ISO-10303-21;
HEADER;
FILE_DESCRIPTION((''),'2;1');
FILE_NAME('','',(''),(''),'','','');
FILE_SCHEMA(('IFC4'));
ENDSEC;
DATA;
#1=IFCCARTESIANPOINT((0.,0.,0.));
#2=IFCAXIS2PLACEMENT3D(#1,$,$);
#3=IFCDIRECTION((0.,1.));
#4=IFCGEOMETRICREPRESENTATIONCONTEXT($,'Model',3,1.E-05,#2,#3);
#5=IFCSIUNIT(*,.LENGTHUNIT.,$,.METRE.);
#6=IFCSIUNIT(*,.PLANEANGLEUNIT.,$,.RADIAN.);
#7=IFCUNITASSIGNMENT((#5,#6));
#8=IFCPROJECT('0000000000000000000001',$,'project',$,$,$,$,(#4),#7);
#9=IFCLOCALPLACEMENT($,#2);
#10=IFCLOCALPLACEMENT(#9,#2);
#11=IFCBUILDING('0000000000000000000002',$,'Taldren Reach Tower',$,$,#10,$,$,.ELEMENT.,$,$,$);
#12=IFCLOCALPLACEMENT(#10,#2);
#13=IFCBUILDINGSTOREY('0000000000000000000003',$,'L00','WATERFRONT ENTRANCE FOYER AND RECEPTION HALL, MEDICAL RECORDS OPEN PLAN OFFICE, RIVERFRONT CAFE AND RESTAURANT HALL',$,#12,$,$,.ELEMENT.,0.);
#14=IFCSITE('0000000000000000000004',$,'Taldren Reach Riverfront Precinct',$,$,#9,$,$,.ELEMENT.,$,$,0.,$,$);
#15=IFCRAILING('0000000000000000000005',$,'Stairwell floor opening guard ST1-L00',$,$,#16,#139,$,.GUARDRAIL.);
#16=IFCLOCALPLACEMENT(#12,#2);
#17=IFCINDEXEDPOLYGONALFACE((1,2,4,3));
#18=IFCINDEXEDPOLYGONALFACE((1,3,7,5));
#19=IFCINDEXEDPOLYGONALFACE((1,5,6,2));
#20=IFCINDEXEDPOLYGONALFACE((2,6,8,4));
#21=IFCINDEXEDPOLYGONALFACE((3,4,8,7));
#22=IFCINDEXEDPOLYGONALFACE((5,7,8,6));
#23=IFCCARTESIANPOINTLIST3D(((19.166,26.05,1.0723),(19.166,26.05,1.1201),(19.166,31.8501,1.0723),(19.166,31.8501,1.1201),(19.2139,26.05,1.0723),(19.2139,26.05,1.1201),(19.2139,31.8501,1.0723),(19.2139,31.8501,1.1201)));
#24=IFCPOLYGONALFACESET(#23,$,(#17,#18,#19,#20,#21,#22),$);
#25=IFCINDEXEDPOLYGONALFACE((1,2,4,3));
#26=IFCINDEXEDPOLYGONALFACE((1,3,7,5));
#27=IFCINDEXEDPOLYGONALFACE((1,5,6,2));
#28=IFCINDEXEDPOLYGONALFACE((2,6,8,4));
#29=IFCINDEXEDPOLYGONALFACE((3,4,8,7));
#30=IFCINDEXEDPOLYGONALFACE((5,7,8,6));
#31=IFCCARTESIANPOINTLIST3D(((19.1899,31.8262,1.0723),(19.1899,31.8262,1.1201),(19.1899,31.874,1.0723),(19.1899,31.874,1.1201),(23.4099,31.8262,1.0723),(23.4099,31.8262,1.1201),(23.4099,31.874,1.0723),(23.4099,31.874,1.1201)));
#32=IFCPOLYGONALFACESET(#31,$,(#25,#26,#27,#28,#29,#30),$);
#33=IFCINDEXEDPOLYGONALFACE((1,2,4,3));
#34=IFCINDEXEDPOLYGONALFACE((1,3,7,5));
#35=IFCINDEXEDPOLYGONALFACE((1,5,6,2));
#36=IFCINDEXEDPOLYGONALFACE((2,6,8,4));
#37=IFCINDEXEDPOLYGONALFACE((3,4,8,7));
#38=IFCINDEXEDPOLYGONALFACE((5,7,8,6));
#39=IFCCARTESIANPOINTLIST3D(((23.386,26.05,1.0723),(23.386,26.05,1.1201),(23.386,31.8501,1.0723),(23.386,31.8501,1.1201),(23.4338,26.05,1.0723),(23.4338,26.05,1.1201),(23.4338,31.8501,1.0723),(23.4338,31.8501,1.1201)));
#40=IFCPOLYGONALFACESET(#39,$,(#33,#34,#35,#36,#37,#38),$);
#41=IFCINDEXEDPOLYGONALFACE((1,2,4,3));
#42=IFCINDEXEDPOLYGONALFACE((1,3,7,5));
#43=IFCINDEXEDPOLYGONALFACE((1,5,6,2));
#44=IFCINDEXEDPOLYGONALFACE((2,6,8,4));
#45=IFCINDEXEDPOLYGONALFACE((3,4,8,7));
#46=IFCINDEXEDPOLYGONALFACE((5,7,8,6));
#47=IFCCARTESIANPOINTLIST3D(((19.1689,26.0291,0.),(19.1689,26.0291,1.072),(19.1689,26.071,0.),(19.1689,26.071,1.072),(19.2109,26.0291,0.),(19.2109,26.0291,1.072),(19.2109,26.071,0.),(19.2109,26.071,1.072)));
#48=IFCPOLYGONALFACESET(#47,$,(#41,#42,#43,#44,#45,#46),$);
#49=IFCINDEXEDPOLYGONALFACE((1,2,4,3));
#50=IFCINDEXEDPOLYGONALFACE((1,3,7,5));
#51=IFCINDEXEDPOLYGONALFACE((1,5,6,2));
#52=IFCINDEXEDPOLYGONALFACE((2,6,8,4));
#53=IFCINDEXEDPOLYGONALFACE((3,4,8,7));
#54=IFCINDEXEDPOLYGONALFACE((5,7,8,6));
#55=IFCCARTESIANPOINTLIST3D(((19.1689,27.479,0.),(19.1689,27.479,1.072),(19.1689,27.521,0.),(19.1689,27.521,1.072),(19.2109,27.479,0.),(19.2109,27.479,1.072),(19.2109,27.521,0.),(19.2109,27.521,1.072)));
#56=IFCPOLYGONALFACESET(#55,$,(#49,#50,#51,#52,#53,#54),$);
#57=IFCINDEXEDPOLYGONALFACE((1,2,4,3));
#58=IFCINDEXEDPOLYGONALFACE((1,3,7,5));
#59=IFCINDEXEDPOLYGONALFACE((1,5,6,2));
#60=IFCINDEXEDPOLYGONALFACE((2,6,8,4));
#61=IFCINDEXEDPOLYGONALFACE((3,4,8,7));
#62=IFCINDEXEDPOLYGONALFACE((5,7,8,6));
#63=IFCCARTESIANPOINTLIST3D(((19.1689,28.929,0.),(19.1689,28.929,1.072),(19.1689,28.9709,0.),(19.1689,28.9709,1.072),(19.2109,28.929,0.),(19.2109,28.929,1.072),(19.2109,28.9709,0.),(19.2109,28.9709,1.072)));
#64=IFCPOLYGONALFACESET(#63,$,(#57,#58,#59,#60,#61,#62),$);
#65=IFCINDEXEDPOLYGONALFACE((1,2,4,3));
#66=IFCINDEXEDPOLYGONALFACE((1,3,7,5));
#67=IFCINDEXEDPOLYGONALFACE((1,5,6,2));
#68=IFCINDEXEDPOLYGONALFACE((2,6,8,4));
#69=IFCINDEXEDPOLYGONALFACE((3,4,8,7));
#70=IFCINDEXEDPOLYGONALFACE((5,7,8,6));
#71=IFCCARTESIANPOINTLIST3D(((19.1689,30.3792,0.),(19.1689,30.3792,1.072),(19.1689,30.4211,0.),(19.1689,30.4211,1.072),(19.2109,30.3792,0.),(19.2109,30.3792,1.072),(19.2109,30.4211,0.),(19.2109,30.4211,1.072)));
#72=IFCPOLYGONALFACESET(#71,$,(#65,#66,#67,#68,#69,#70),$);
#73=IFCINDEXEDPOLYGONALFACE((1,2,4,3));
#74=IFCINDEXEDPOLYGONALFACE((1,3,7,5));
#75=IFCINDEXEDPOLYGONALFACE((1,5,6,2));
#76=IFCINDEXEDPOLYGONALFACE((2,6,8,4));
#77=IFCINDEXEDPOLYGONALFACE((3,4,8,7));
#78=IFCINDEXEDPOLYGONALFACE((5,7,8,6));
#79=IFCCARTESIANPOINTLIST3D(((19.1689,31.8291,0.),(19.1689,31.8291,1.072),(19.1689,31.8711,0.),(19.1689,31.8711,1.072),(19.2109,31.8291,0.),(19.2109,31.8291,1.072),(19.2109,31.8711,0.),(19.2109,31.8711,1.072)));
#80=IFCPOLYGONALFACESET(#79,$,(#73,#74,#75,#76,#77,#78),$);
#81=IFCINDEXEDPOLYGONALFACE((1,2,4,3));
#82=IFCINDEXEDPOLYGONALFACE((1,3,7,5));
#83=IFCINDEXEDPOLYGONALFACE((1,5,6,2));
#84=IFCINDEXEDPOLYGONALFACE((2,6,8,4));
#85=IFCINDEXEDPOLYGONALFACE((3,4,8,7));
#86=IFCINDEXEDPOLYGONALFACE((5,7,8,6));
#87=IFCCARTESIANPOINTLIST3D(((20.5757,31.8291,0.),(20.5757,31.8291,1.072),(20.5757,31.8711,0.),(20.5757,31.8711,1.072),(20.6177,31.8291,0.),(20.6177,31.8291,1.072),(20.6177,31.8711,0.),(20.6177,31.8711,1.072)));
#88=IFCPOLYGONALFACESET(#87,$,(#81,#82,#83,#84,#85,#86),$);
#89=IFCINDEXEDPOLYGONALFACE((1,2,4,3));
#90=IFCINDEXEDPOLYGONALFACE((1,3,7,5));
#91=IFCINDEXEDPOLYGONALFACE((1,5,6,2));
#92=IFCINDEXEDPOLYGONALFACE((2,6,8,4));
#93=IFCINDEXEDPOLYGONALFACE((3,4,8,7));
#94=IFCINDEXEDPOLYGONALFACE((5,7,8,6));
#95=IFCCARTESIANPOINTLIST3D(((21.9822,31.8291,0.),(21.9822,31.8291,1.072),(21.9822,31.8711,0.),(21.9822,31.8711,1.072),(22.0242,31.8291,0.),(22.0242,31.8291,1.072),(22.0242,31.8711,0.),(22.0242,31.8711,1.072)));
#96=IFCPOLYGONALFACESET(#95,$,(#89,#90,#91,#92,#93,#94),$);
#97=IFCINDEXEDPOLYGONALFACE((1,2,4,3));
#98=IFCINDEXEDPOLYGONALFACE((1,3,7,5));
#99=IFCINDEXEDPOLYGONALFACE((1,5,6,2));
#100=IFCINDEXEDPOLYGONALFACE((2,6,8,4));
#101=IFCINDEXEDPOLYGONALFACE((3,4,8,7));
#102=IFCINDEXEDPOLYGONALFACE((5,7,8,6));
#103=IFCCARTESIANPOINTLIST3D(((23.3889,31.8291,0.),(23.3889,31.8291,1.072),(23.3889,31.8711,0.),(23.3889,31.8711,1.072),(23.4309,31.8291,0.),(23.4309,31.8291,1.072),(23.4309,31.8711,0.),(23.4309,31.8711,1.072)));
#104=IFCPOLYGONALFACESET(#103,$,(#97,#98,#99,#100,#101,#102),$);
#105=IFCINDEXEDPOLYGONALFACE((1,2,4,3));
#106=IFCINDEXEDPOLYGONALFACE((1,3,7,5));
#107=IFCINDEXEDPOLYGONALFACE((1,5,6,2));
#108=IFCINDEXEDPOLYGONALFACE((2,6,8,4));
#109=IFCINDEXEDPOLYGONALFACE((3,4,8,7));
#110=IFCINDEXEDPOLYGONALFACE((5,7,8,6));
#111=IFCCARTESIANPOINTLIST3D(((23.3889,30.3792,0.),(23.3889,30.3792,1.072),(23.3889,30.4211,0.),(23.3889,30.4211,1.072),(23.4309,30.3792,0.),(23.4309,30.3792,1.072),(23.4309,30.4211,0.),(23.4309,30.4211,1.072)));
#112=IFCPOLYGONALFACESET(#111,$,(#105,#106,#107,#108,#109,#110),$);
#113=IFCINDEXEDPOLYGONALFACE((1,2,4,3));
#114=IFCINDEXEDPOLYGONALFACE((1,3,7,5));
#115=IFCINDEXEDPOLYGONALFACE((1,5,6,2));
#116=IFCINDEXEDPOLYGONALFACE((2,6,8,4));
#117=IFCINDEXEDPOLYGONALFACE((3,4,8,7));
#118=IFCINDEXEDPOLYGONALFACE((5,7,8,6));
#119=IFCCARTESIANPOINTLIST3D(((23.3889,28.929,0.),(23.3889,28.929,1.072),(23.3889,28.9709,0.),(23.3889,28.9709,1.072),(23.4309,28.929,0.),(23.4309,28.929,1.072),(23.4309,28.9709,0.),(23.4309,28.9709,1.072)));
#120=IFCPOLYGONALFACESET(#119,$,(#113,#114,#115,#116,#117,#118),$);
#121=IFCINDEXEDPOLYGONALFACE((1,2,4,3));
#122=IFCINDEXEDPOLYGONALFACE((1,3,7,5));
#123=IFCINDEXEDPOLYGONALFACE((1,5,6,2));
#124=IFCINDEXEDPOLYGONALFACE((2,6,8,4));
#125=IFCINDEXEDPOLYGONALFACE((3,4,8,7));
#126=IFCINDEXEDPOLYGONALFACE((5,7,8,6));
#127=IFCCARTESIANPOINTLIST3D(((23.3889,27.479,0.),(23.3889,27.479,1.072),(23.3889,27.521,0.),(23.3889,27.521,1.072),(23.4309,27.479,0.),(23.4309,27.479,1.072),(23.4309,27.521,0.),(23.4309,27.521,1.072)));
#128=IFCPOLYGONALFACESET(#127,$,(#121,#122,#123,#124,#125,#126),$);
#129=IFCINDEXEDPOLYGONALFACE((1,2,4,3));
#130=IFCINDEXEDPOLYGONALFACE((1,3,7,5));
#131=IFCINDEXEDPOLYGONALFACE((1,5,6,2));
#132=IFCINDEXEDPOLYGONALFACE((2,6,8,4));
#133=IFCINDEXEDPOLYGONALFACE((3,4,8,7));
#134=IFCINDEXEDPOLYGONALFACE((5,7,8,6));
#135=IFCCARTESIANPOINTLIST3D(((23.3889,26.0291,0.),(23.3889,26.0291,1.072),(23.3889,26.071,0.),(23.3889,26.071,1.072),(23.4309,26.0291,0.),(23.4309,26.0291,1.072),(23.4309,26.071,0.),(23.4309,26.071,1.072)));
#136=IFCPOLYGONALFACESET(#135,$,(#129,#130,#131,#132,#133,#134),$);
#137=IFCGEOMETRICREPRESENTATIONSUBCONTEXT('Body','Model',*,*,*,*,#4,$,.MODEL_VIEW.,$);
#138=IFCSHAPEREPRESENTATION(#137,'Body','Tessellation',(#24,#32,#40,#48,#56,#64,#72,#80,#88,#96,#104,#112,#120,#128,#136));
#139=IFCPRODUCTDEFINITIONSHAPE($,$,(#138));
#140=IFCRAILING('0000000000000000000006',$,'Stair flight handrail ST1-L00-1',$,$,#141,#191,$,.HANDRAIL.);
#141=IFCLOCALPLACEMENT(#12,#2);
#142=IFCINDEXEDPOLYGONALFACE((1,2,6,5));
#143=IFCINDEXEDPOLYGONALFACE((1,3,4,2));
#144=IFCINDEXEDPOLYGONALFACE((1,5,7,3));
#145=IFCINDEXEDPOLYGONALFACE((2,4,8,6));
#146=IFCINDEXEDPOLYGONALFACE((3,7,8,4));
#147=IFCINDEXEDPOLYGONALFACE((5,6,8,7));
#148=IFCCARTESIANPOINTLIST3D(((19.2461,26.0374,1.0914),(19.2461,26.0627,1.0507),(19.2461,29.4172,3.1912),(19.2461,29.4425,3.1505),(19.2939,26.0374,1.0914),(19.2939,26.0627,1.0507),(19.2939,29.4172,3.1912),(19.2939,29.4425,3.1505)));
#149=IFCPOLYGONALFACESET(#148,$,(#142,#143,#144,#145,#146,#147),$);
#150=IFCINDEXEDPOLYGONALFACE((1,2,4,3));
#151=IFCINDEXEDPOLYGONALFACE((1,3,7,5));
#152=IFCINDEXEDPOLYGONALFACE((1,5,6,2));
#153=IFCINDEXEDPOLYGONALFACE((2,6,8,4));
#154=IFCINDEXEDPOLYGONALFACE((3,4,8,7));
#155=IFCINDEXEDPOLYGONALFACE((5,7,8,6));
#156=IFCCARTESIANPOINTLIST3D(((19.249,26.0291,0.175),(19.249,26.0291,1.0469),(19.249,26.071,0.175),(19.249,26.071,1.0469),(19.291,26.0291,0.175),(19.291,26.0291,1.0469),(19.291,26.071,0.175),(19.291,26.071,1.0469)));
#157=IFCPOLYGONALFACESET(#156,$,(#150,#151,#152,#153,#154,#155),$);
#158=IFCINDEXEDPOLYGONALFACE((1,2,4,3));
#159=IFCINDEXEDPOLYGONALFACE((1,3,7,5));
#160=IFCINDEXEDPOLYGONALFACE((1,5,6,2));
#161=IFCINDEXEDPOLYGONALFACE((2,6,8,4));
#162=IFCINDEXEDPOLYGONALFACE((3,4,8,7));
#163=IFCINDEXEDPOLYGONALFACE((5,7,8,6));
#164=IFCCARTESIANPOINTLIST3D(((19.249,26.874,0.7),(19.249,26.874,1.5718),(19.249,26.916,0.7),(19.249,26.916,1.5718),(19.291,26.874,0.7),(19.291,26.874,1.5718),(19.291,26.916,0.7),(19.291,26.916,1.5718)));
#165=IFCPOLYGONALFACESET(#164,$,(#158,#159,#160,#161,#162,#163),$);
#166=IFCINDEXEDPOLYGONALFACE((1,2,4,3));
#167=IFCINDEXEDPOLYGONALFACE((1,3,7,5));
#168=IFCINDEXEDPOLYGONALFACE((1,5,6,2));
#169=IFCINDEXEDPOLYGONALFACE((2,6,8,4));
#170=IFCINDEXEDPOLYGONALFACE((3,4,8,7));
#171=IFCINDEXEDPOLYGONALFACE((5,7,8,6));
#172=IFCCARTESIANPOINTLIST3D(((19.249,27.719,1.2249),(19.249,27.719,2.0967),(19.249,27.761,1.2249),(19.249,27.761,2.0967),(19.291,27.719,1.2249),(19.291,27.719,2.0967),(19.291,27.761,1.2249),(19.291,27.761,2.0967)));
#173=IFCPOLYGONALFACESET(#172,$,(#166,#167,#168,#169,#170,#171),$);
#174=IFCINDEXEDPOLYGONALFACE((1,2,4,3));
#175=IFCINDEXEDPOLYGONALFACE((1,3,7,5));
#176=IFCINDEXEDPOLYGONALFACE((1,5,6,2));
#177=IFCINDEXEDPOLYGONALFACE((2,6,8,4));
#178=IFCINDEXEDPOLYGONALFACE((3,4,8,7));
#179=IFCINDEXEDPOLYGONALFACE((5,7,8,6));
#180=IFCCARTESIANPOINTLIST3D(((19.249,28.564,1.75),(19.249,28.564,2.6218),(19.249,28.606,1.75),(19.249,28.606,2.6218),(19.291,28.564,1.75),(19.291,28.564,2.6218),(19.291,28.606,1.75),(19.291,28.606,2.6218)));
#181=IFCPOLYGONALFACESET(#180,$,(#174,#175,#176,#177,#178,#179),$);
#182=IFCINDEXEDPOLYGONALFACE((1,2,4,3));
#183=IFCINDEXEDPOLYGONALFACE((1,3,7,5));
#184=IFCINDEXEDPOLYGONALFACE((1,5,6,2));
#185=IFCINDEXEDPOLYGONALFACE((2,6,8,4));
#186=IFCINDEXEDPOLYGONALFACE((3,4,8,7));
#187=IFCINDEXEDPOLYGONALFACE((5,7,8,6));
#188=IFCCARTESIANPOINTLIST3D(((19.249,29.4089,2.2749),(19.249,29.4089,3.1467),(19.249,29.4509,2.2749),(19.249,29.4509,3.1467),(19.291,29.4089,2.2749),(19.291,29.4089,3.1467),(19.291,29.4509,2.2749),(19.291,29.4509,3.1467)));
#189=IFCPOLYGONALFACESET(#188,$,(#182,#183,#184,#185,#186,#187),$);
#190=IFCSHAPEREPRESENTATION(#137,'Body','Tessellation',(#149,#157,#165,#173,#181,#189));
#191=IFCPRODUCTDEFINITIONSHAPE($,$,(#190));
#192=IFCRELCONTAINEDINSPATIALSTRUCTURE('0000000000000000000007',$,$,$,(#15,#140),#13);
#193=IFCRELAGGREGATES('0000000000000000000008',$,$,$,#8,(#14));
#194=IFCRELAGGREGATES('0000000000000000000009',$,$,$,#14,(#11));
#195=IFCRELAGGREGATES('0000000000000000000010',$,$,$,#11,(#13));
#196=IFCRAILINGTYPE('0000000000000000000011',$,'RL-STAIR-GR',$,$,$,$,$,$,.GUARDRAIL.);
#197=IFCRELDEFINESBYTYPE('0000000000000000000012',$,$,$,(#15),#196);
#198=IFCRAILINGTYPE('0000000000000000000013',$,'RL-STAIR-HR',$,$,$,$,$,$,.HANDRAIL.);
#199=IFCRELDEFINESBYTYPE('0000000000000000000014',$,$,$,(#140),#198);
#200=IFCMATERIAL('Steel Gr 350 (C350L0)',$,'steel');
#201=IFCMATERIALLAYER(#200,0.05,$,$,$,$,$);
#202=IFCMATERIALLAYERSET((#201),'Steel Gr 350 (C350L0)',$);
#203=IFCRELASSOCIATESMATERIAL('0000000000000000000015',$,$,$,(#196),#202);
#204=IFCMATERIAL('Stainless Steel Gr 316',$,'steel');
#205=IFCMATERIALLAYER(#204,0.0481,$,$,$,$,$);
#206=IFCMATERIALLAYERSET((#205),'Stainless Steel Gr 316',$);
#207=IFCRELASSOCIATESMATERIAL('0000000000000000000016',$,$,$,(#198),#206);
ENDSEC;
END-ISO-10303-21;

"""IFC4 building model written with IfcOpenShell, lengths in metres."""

from ifc_helpers import new_model, si_unit, direction, frame, origin, origin_2d, place, context, subcontext, project, spatial, rectangle, extrude, material, layer, layer_set, type_object, element, save


model = new_model("IFC4")

# Units and contexts
model_context = context("Model", 3, precision=1e-05, world=origin(), true_north=direction((0.0, 1.0)))
body_context = subcontext(model_context, "Body", "Model", "MODEL_VIEW")
ifc_project = project(units=[si_unit("LENGTHUNIT", "METRE"), si_unit("PLANEANGLEUNIT", "RADIAN")], contexts=[model_context])

# Site, building, storey
site_placement = place(None, origin())
site = spatial("IfcSite", under=ifc_project, at=site_placement, Name="Taldren Reach Riverfront Precinct", CompositionType="ELEMENT", RefElevation=0.0)
building_placement = place(site_placement, origin())
building = spatial("IfcBuilding", under=site, at=building_placement, Name="Taldren Reach Tower", CompositionType="ELEMENT")
storey_placement = place(building_placement, origin())
storey = spatial("IfcBuildingStorey", under=building, at=storey_placement, Name="L00", Description="WATERFRONT ENTRANCE FOYER AND RECEPTION HALL, MEDICAL RECORDS OPEN PLAN OFFICE, RIVERFRONT CAFE AND RESTAURANT HALL", CompositionType="ELEMENT", Elevation=0.0)

# Railings
ifc_material_1 = material(Name="Steel Gr 350 (C350L0)", Category="steel")
ifc_layer_1 = layer(ifc_material_1, 0.05)
ifc_layer_set_1 = layer_set([ifc_layer_1], Name="Steel Gr 350 (C350L0)")
railing_type_1 = type_object("IfcRailingType", Name="RL-STAIR-GR", PredefinedType="GUARDRAIL", material=ifc_layer_set_1)
railing_1_placement = place(storey_placement, frame((19.1899, 26.05, 0.0)))
element("IfcRailing", 1, at=railing_1_placement, inside=storey, type_object=railing_type_1, Name="Stairwell floor opening guard ST1-L00", PredefinedType="GUARDRAIL", context=body_context, shape_type="SweptSolid", body=[
    extrude(rectangle(XDim=0.0479, YDim=0.0479, at=origin_2d()), frame((0.0, 0.0, 1.0962), z_axis=(0.0, 1.0, 0.0), x_axis=(-1.0, 0.0, 0.0)), (0.0, 0.0, 1.0), 5.8),
    extrude(rectangle(XDim=0.0479, YDim=0.0479, at=origin_2d()), frame((0.0, 5.8, 1.0962), z_axis=(1.0, 0.0, 0.0), x_axis=(0.0, 1.0, 0.0)), (0.0, 0.0, 1.0), 4.22),
    extrude(rectangle(XDim=0.0479, YDim=0.0479, at=origin_2d()), frame((4.22, 5.8, 1.0962), z_axis=(0.0, -1.0, 0.0), x_axis=(1.0, 0.0, 0.0)), (0.0, 0.0, 1.0), 5.8),
    extrude(rectangle(XDim=0.042, YDim=0.042, at=origin_2d()), origin(), (0.0, 0.0, 1.0), 1.072),
    extrude(rectangle(XDim=0.042, YDim=0.042, at=origin_2d()), frame((0.0, 1.45, 0.0)), (0.0, 0.0, 1.0), 1.072),
    extrude(rectangle(XDim=0.042, YDim=0.042, at=origin_2d()), frame((0.0, 2.8999, 0.0)), (0.0, 0.0, 1.0), 1.072),
    extrude(rectangle(XDim=0.042, YDim=0.042, at=origin_2d()), frame((0.0, 4.3501, 0.0)), (0.0, 0.0, 1.0), 1.072),
    extrude(rectangle(XDim=0.042, YDim=0.042, at=origin_2d()), frame((0.0, 5.8, 0.0)), (0.0, 0.0, 1.0), 1.072),
    extrude(rectangle(XDim=0.042, YDim=0.042, at=origin_2d()), frame((1.4067, 5.8, 0.0)), (0.0, 0.0, 1.0), 1.072),
    extrude(rectangle(XDim=0.042, YDim=0.042, at=origin_2d()), frame((2.8132, 5.8, 0.0)), (0.0, 0.0, 1.0), 1.072),
    extrude(rectangle(XDim=0.042, YDim=0.042, at=origin_2d()), frame((4.22, 5.8, 0.0)), (0.0, 0.0, 1.0), 1.072),
    extrude(rectangle(XDim=0.042, YDim=0.042, at=origin_2d()), frame((4.22, 4.3501, 0.0)), (0.0, 0.0, 1.0), 1.072),
    extrude(rectangle(XDim=0.042, YDim=0.042, at=origin_2d()), frame((4.22, 2.8999, 0.0)), (0.0, 0.0, 1.0), 1.072),
    extrude(rectangle(XDim=0.042, YDim=0.042, at=origin_2d()), frame((4.22, 1.45, 0.0)), (0.0, 0.0, 1.0), 1.072),
    extrude(rectangle(XDim=0.042, YDim=0.042, at=origin_2d()), frame((4.22, 0.0, 0.0)), (0.0, 0.0, 1.0), 1.072),
])
ifc_material_2 = material(Name="Stainless Steel Gr 316", Category="steel")
ifc_layer_2 = layer(ifc_material_2, 0.0481)
ifc_layer_set_2 = layer_set([ifc_layer_2], Name="Stainless Steel Gr 316")
railing_type_2 = type_object("IfcRailingType", Name="RL-STAIR-HR", PredefinedType="HANDRAIL", material=ifc_layer_set_2)
railing_2_placement = place(storey_placement, frame((19.27, 26.05, 0.175)))
element("IfcRailing", 2, at=railing_2_placement, inside=storey, type_object=railing_type_2, Name="Stair flight handrail ST1-L00-1", PredefinedType="HANDRAIL", context=body_context, shape_type="SweptSolid", body=[
    extrude(rectangle(XDim=0.0479, YDim=0.0479, at=origin_2d()), frame((0.0, 0.0, 0.896), z_axis=(0.0, 0.849415, 0.527725), x_axis=(-1.0, 0.0, 0.0)), (0.0, 0.0, 1.0), 3.979),
    extrude(rectangle(XDim=0.042, YDim=0.042, at=origin_2d()), origin(), (0.0, 0.0, 1.0), 0.8718),
    extrude(rectangle(XDim=0.042, YDim=0.042, at=origin_2d()), frame((0.0, 0.845, 0.5249)), (0.0, 0.0, 1.0), 0.8718),
    extrude(rectangle(XDim=0.042, YDim=0.042, at=origin_2d()), frame((0.0, 1.6899, 1.0498)), (0.0, 0.0, 1.0), 0.8718),
    extrude(rectangle(XDim=0.042, YDim=0.042, at=origin_2d()), frame((0.0, 2.5349, 1.575)), (0.0, 0.0, 1.0), 0.8718),
    extrude(rectangle(XDim=0.042, YDim=0.042, at=origin_2d()), frame((0.0, 3.3799, 2.0999)), (0.0, 0.0, 1.0), 0.8718),
])

save(model, "model.ifc")
